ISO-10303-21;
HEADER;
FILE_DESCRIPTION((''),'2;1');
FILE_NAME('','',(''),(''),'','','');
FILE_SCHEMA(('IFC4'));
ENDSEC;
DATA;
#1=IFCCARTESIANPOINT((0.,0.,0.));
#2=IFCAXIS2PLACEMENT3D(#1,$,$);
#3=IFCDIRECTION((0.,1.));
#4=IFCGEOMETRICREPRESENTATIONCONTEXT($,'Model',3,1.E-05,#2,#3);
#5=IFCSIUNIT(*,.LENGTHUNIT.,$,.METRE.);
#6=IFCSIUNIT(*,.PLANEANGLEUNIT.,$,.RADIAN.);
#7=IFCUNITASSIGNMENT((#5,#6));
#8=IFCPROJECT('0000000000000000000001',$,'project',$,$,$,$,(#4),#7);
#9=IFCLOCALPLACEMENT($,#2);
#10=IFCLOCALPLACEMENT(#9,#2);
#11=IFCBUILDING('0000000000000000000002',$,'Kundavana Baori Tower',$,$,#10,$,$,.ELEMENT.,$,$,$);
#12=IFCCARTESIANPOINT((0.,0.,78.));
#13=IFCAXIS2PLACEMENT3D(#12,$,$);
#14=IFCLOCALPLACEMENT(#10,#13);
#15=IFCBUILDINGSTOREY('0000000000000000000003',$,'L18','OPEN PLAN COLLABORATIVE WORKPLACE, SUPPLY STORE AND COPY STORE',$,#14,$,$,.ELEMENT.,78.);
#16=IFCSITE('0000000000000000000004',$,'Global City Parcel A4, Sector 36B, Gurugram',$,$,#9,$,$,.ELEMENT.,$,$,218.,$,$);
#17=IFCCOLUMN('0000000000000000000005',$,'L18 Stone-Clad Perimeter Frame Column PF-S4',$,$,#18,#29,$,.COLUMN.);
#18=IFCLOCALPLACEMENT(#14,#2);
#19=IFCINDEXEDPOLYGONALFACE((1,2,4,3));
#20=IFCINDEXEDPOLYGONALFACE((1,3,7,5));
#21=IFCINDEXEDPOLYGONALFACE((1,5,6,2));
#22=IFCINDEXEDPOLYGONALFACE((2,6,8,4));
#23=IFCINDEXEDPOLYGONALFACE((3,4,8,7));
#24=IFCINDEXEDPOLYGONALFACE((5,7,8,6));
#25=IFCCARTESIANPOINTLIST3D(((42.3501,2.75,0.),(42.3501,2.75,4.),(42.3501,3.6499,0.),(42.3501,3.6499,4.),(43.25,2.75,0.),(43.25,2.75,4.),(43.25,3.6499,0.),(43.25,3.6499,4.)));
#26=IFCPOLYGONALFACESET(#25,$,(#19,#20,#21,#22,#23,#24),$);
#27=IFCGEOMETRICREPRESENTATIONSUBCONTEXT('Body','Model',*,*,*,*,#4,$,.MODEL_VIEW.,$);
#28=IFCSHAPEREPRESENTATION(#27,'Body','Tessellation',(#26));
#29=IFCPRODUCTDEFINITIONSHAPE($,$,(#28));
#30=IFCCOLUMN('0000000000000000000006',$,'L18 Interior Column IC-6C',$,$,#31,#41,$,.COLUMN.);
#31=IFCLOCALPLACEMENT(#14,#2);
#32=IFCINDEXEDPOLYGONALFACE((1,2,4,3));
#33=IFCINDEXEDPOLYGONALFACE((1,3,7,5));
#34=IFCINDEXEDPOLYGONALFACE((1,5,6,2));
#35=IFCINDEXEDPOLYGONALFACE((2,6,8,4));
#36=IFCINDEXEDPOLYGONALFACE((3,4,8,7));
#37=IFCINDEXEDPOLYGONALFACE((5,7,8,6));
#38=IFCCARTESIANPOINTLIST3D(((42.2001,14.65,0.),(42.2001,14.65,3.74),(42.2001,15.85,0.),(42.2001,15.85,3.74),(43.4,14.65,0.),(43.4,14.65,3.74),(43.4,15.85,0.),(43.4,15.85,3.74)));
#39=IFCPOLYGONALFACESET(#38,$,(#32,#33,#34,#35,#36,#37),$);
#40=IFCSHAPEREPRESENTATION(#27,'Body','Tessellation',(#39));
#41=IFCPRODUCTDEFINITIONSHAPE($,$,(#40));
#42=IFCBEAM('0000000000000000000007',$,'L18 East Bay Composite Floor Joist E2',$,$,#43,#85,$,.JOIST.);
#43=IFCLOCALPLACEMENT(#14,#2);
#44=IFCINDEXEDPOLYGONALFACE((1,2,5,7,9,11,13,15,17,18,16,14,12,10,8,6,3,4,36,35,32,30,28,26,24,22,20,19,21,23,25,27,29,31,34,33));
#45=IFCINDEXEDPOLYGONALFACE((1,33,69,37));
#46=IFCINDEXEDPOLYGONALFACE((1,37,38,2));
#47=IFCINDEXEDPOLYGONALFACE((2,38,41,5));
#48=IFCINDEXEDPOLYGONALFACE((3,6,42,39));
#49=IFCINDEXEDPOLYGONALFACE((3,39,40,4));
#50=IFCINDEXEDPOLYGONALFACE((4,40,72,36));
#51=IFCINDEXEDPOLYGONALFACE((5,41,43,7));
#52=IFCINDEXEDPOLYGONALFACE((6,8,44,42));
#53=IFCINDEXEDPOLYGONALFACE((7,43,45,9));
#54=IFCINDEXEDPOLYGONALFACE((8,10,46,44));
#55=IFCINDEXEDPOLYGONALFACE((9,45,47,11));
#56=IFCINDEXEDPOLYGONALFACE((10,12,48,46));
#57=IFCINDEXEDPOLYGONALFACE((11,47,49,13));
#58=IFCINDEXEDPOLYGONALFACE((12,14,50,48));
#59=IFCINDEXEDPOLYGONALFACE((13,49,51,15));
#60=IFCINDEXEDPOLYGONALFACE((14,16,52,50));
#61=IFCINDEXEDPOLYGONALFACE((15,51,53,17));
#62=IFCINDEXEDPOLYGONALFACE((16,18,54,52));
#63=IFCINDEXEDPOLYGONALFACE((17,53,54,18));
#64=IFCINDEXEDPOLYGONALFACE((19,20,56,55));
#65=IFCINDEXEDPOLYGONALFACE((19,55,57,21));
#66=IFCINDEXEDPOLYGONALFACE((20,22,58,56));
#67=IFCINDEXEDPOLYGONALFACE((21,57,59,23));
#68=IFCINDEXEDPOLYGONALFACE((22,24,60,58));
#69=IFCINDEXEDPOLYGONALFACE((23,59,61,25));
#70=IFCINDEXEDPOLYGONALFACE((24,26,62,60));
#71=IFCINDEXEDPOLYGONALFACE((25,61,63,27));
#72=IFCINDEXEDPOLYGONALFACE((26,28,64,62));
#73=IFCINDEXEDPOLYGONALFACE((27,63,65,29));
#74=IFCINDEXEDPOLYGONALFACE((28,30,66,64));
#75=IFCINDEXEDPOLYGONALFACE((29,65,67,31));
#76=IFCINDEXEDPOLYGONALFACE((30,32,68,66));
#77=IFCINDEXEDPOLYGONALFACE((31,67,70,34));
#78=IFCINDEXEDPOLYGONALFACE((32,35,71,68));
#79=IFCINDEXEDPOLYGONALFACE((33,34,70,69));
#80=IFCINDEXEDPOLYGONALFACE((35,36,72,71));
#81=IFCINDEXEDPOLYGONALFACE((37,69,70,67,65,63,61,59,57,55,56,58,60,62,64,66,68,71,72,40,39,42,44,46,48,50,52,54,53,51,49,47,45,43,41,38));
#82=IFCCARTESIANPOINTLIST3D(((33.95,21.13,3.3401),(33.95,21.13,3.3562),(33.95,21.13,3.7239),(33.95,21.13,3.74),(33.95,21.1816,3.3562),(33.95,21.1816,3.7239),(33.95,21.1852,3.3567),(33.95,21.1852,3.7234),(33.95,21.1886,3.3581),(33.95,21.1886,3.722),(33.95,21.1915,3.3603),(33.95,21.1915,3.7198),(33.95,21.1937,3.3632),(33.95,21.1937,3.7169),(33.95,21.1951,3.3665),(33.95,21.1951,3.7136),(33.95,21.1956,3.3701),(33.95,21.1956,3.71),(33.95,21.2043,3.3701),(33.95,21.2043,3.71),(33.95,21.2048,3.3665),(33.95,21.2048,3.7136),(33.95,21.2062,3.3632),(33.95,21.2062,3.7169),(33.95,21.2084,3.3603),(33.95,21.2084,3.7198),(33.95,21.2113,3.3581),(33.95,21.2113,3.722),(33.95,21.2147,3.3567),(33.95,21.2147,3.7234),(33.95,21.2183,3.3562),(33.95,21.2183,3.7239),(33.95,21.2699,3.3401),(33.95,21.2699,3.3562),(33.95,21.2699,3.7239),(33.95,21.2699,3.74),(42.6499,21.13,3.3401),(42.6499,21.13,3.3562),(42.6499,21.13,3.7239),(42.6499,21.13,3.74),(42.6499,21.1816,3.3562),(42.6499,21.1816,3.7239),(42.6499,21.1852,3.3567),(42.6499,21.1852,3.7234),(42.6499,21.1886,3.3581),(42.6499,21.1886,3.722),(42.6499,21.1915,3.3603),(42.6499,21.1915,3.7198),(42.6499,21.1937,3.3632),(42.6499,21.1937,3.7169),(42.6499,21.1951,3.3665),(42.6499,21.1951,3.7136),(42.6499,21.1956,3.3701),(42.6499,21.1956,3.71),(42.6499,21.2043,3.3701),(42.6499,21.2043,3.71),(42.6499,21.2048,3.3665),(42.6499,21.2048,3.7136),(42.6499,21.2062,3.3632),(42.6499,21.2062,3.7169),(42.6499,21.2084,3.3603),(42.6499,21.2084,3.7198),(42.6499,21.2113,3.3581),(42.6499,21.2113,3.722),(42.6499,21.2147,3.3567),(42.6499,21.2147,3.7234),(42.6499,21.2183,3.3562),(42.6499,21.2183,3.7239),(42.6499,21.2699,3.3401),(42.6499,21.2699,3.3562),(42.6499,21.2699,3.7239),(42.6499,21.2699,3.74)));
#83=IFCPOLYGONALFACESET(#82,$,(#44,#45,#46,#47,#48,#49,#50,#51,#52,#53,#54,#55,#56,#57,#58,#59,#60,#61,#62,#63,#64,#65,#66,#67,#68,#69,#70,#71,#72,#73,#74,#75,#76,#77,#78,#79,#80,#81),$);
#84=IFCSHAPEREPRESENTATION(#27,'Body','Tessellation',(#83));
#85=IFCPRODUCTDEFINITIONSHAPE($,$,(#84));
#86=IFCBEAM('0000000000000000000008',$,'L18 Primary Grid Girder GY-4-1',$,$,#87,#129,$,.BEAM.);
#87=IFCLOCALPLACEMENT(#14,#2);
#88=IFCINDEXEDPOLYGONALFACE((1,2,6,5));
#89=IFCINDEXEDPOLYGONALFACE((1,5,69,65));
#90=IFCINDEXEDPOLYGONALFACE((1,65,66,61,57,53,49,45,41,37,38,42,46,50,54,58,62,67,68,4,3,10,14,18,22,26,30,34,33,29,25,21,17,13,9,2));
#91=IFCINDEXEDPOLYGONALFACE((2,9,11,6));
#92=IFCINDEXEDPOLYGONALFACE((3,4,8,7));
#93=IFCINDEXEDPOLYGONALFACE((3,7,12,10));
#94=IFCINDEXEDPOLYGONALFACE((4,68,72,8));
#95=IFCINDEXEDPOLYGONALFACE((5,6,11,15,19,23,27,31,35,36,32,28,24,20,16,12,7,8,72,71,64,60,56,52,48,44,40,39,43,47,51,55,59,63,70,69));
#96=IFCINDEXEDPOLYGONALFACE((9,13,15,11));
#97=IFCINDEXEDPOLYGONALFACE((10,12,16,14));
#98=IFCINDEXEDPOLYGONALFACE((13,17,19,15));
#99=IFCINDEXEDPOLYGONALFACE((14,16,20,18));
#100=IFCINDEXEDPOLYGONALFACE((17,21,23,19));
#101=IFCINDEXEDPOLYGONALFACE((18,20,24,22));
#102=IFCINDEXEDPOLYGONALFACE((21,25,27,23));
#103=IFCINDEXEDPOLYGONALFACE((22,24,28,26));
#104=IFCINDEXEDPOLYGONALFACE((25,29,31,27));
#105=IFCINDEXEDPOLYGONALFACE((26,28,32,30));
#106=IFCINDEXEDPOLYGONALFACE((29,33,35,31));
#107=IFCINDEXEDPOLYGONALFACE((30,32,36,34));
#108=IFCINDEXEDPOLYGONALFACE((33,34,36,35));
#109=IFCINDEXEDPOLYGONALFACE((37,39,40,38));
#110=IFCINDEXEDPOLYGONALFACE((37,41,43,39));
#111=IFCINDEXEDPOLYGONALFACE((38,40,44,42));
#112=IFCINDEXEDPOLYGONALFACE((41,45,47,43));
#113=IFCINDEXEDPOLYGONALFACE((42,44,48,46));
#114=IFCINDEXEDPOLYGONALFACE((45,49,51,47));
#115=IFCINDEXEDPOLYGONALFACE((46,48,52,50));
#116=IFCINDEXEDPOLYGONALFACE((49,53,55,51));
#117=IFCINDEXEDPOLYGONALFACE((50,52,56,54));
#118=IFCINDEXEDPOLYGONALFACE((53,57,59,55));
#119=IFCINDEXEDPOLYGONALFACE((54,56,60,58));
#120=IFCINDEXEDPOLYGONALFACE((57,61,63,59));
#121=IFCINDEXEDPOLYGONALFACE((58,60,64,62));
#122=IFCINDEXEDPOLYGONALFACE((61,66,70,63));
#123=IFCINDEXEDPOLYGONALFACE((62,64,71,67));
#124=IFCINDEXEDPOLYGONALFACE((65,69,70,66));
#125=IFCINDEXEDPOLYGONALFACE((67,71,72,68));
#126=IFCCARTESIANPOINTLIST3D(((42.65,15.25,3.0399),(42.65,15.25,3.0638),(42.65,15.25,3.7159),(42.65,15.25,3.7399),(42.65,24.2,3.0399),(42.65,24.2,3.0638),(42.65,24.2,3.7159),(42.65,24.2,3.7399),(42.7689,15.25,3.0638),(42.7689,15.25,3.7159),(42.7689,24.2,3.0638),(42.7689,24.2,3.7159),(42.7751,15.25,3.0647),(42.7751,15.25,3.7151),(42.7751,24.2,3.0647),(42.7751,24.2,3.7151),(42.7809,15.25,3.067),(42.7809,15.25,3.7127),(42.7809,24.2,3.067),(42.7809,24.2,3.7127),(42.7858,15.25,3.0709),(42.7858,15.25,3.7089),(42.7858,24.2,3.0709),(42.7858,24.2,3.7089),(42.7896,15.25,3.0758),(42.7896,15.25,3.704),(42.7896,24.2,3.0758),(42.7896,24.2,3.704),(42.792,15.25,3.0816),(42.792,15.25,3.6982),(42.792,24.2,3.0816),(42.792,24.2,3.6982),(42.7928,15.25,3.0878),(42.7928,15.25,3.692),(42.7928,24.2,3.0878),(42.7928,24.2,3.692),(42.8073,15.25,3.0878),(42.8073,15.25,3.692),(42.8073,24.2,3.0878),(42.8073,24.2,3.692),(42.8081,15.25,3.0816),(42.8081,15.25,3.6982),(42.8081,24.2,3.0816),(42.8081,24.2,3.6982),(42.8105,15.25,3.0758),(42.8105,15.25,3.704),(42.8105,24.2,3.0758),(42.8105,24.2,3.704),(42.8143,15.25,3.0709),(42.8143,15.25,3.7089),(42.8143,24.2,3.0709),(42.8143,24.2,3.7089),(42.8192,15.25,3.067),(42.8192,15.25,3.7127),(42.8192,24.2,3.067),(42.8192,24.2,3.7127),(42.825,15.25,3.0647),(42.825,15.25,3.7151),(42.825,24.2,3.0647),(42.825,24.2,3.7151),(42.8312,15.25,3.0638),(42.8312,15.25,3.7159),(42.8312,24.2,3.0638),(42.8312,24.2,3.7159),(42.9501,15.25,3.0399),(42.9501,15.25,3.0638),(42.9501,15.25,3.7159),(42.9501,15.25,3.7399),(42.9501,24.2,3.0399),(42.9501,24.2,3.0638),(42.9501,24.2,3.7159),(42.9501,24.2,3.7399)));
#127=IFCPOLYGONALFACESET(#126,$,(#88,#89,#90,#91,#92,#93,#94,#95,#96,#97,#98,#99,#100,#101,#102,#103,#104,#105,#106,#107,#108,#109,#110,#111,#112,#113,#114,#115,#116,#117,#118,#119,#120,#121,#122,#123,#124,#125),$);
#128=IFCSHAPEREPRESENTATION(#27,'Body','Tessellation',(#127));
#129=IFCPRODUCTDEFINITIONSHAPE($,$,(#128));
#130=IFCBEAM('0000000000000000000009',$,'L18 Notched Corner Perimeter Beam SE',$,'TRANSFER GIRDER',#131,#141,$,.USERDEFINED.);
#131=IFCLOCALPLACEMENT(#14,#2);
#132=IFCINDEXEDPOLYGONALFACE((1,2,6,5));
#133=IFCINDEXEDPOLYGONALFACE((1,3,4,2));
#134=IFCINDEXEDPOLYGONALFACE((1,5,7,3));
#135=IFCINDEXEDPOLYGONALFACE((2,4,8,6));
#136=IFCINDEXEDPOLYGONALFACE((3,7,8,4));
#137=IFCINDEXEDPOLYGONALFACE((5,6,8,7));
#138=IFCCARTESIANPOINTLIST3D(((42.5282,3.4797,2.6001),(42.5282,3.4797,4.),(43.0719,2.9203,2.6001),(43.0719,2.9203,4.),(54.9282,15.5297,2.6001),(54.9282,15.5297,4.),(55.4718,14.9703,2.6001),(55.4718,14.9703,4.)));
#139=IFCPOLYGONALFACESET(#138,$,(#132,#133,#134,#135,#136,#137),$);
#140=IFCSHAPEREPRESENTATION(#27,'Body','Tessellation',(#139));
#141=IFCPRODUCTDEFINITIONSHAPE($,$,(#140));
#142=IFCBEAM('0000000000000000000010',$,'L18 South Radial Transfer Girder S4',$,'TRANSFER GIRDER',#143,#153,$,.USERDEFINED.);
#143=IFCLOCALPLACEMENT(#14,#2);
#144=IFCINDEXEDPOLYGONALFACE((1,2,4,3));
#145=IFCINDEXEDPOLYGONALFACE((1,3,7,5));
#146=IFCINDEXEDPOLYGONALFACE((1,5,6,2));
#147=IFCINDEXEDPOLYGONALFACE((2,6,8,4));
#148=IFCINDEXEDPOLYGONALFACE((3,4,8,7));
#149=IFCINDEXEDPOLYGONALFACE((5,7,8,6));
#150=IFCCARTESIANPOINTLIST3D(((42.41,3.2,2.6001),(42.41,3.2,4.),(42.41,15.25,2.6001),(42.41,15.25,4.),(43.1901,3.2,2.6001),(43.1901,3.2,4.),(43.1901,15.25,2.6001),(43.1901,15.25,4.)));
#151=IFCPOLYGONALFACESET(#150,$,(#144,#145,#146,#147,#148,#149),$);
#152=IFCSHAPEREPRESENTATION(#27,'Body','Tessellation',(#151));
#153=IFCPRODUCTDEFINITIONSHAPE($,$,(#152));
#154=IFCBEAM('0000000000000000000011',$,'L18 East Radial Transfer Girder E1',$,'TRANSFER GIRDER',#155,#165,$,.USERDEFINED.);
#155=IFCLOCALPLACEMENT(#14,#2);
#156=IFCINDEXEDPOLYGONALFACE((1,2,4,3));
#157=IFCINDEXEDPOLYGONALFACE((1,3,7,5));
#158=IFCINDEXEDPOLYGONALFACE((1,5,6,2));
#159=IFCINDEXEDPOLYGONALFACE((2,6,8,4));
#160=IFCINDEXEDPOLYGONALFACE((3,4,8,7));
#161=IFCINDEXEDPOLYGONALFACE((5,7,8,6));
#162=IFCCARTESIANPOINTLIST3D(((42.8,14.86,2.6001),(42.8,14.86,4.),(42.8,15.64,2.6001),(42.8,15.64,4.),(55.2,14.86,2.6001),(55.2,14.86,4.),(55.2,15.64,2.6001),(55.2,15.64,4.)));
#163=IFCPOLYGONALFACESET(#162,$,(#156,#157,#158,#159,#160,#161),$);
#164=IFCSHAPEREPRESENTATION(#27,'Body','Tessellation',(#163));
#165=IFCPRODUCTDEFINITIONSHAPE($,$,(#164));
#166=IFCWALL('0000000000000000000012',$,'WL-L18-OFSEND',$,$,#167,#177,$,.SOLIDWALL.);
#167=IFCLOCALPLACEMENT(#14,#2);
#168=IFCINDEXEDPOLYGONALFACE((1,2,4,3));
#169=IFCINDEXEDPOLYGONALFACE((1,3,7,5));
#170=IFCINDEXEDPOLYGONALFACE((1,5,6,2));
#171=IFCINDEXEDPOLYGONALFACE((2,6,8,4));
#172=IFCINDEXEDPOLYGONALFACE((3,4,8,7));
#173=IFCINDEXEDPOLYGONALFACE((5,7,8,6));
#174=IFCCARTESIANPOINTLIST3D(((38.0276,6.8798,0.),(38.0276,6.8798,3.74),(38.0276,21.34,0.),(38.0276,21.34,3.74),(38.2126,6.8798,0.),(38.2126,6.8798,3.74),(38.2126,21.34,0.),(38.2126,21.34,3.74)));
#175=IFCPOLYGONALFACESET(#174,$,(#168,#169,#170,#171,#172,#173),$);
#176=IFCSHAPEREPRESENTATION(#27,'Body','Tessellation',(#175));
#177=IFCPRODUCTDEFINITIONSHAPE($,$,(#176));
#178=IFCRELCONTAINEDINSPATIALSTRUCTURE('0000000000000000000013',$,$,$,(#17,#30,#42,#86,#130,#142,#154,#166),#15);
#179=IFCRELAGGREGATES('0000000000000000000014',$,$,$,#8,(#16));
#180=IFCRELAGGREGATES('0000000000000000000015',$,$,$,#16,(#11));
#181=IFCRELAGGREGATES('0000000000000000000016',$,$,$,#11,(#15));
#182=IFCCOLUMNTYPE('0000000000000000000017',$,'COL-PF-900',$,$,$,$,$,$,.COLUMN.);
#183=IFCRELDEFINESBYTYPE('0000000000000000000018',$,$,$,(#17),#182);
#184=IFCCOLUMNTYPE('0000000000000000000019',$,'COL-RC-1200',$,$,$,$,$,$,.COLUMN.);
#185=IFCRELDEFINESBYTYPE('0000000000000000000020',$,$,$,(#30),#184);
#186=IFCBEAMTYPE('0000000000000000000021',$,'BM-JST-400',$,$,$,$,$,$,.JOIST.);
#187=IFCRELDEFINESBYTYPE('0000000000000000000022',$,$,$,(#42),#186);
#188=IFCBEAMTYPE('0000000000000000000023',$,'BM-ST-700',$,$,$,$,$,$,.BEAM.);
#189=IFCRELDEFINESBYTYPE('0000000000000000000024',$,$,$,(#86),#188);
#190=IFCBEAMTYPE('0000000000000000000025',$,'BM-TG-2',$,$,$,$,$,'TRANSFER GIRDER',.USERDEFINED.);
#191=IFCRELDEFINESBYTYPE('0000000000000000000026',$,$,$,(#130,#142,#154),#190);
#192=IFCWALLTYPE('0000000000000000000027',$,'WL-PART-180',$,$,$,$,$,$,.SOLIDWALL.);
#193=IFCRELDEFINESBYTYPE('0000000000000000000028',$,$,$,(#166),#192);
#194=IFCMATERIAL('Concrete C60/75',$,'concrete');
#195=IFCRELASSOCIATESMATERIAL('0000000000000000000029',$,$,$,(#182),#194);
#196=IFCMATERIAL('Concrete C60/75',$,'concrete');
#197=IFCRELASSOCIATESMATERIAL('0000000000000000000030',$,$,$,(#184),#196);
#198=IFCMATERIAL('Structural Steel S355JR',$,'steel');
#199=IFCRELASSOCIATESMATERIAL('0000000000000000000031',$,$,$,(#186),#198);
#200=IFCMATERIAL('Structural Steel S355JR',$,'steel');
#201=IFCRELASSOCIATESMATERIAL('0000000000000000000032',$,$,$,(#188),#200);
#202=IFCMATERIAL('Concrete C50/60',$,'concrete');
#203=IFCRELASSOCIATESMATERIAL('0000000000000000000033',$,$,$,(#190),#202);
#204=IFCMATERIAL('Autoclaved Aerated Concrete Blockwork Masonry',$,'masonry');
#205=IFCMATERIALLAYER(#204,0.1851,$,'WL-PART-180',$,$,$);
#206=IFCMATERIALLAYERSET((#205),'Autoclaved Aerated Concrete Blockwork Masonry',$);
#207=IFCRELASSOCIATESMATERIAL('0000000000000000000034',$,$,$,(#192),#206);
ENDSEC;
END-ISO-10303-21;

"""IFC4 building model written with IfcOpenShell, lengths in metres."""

from ifc_helpers import new_model, si_unit, direction, frame, frame_2d, origin, origin_2d, place, context, subcontext, project, spatial, rectangle, i_section, extrude, material, layer, layer_set, material_profile, profile_set, type_object, element, save


model = new_model("IFC4")

# Units and contexts
model_context = context("Model", 3, precision=1e-05, world=origin(), true_north=direction((0.0, 1.0)))
body_context = subcontext(model_context, "Body", "Model", "MODEL_VIEW")
ifc_project = project(units=[si_unit("LENGTHUNIT", "METRE"), si_unit("PLANEANGLEUNIT", "RADIAN")], contexts=[model_context])

# Site, building, storey
site_placement = place(None, origin())
site = spatial("IfcSite", under=ifc_project, at=site_placement, Name="Global City Parcel A4, Sector 36B, Gurugram", CompositionType="ELEMENT", RefElevation=218.0)
building_placement = place(site_placement, origin())
building = spatial("IfcBuilding", under=site, at=building_placement, Name="Kundavana Baori Tower", CompositionType="ELEMENT")
storey_placement = place(building_placement, frame((0.0, 0.0, 78.0)))
storey = spatial("IfcBuildingStorey", under=building, at=storey_placement, Name="L18", Description="OPEN PLAN COLLABORATIVE WORKPLACE, SUPPLY STORE AND COPY STORE", CompositionType="ELEMENT", Elevation=78.0)

# Columns
ifc_material_1 = material(Name="Concrete C60/75", Category="concrete")
ifc_material_profile_1 = material_profile(ifc_material_1, rectangle(XDim=0.8999, YDim=0.8999, at=origin_2d()), Name="RC PF 900x900")
ifc_profile_set_1 = profile_set([ifc_material_profile_1], Name="Concrete C60/75")
column_type_1 = type_object("IfcColumnType", Name="COL-PF-900", PredefinedType="COLUMN", material=ifc_profile_set_1)
column_1_placement = place(storey_placement, frame((42.8, 3.2, 0.0), z_axis=(0.0, 0.0, 1.0), x_axis=(1.0, 0.0, 0.0)))
element("IfcColumn", 1, at=column_1_placement, inside=storey, type_object=column_type_1, Name="L18 Stone-Clad Perimeter Frame Column PF-S4", PredefinedType="COLUMN", context=body_context, shape_type="SweptSolid", body=[
    extrude(rectangle(XDim=0.8999, YDim=0.8999, at=origin_2d()), origin(), (0.0, 0.0, 1.0), 4.0),
])
ifc_material_2 = material(Name="Concrete C60/75", Category="concrete")
ifc_material_profile_2 = material_profile(ifc_material_2, rectangle(XDim=1.2, YDim=1.2, at=origin_2d()), Name="RC 1200x1200")
ifc_profile_set_2 = profile_set([ifc_material_profile_2], Name="Concrete C60/75")
column_type_2 = type_object("IfcColumnType", Name="COL-RC-1200", PredefinedType="COLUMN", material=ifc_profile_set_2)
column_2_placement = place(storey_placement, frame((42.8, 15.25, 0.0), z_axis=(0.0, 0.0, 1.0), x_axis=(1.0, 0.0, 0.0)))
element("IfcColumn", 2, at=column_2_placement, inside=storey, type_object=column_type_2, Name="L18 Interior Column IC-6C", PredefinedType="COLUMN", context=body_context, shape_type="SweptSolid", body=[
    extrude(rectangle(XDim=1.2, YDim=1.2, at=origin_2d()), origin(), (0.0, 0.0, 1.0), 3.74),
])

# Beams
ifc_material_3 = material(Name="Structural Steel S355JR", Category="steel")
ifc_material_profile_3 = material_profile(ifc_material_3, i_section(OverallWidth=0.1399, OverallDepth=0.3999, WebThickness=0.0088, FlangeThickness=0.0161, FilletRadius=0.0139, at=origin_2d()), Name="ISMB 400")
ifc_profile_set_3 = profile_set([ifc_material_profile_3], Name="Structural Steel S355JR")
beam_type_1 = type_object("IfcBeamType", Name="BM-JST-400", PredefinedType="JOIST", material=ifc_profile_set_3)
beam_1_placement = place(storey_placement, frame((33.95, 21.2, 3.54), z_axis=(1.0, 0.0, 0.0), x_axis=(0.0, 1.0, 0.0)))
element("IfcBeam", 3, at=beam_1_placement, inside=storey, type_object=beam_type_1, Name="L18 East Bay Composite Floor Joist E2", PredefinedType="JOIST", context=body_context, shape_type="SweptSolid", body=[
    extrude(i_section(OverallWidth=0.1399, OverallDepth=0.3999, WebThickness=0.0088, FlangeThickness=0.0161, FilletRadius=0.0139, at=origin_2d()), origin(), (0.0, 0.0, 1.0), 8.7),
])
ifc_material_4 = material(Name="Structural Steel S355JR", Category="steel")
ifc_material_profile_4 = material_profile(ifc_material_4, i_section(OverallWidth=0.3, OverallDepth=0.7, WebThickness=0.0144, FlangeThickness=0.0239, FilletRadius=0.0239, at=origin_2d()), Name="NPB 700x300x170")
ifc_profile_set_4 = profile_set([ifc_material_profile_4], Name="Structural Steel S355JR")
beam_type_2 = type_object("IfcBeamType", Name="BM-ST-700", PredefinedType="BEAM", material=ifc_profile_set_4)
beam_2_placement = place(storey_placement, frame((42.8, 15.25, 3.3899), z_axis=(0.0, 1.0, 0.0), x_axis=(-1.0, 0.0, 0.0)))
element("IfcBeam", 4, at=beam_2_placement, inside=storey, type_object=beam_type_2, Name="L18 Primary Grid Girder GY-4-1", PredefinedType="BEAM", context=body_context, shape_type="SweptSolid", body=[
    extrude(i_section(OverallWidth=0.3, OverallDepth=0.7, WebThickness=0.0144, FlangeThickness=0.0239, FilletRadius=0.0239, at=origin_2d()), origin(), (0.0, 0.0, 1.0), 8.95),
])
ifc_material_5 = material(Name="Concrete C50/60", Category="concrete")
ifc_material_profile_5 = material_profile(ifc_material_5, rectangle(XDim=0.78, YDim=1.3999, at=origin_2d()), Name="BM-TG-2")
ifc_profile_set_5 = profile_set([ifc_material_profile_5], Name="Concrete C50/60")
beam_type_3 = type_object("IfcBeamType", Name="BM-TG-2", ElementType="TRANSFER GIRDER", PredefinedType="USERDEFINED", material=ifc_profile_set_5)
beam_3_placement = place(storey_placement, frame((42.8, 3.2, 3.3), z_axis=(0.717151, 0.696917, 0.0), x_axis=(-0.696917, 0.717151, 0.0)))
element("IfcBeam", 5, at=beam_3_placement, inside=storey, type_object=beam_type_3, Name="L18 Notched Corner Perimeter Beam SE", ObjectType="TRANSFER GIRDER", PredefinedType="USERDEFINED", context=body_context, shape_type="SweptSolid", body=[
    extrude(rectangle(XDim=0.78, YDim=1.3999, at=origin_2d()), origin(), (0.0, 0.0, 1.0), 17.2905),
])
beam_4_placement = place(storey_placement, frame((42.8, 15.25, 3.3), z_axis=(0.0, -1.0, 0.0), x_axis=(1.0, 0.0, 0.0)))
element("IfcBeam", 6, at=beam_4_placement, inside=storey, type_object=beam_type_3, Name="L18 South Radial Transfer Girder S4", ObjectType="TRANSFER GIRDER", PredefinedType="USERDEFINED", context=body_context, shape_type="SweptSolid", body=[
    extrude(rectangle(XDim=0.78, YDim=1.3999, at=origin_2d()), origin(), (0.0, 0.0, 1.0), 12.05),
])
beam_5_placement = place(storey_placement, frame((42.8, 15.25, 3.3), z_axis=(1.0, 0.0, 0.0), x_axis=(0.0, 1.0, 0.0)))
element("IfcBeam", 7, at=beam_5_placement, inside=storey, type_object=beam_type_3, Name="L18 East Radial Transfer Girder E1", ObjectType="TRANSFER GIRDER", PredefinedType="USERDEFINED", context=body_context, shape_type="SweptSolid", body=[
    extrude(rectangle(XDim=0.78, YDim=1.3999, at=origin_2d()), origin(), (0.0, 0.0, 1.0), 12.3999),
])

# Wall
ifc_material_6 = material(Name="Autoclaved Aerated Concrete Blockwork Masonry", Category="masonry")
ifc_layer_1 = layer(ifc_material_6, 0.1851, Name="WL-PART-180")
ifc_layer_set_1 = layer_set([ifc_layer_1], Name="Autoclaved Aerated Concrete Blockwork Masonry")
wall_type_1 = type_object("IfcWallType", Name="WL-PART-180", PredefinedType="SOLIDWALL", material=ifc_layer_set_1)
wall_1_placement = place(storey_placement, frame((38.1201, 6.8799, 0.0), z_axis=(0.0, 0.0, 1.0), x_axis=(0.0, 1.0, 0.0)))
element("IfcWall", 8, at=wall_1_placement, inside=storey, type_object=wall_type_1, Name="WL-L18-OFSEND", PredefinedType="SOLIDWALL", context=body_context, shape_type="SweptSolid", body=[
    extrude(rectangle(XDim=14.4602, YDim=0.1851, at=frame_2d((7.23, 0.0))), origin(), (0.0, 0.0, 1.0), 3.74),
])

save(model, "model.ifc")
